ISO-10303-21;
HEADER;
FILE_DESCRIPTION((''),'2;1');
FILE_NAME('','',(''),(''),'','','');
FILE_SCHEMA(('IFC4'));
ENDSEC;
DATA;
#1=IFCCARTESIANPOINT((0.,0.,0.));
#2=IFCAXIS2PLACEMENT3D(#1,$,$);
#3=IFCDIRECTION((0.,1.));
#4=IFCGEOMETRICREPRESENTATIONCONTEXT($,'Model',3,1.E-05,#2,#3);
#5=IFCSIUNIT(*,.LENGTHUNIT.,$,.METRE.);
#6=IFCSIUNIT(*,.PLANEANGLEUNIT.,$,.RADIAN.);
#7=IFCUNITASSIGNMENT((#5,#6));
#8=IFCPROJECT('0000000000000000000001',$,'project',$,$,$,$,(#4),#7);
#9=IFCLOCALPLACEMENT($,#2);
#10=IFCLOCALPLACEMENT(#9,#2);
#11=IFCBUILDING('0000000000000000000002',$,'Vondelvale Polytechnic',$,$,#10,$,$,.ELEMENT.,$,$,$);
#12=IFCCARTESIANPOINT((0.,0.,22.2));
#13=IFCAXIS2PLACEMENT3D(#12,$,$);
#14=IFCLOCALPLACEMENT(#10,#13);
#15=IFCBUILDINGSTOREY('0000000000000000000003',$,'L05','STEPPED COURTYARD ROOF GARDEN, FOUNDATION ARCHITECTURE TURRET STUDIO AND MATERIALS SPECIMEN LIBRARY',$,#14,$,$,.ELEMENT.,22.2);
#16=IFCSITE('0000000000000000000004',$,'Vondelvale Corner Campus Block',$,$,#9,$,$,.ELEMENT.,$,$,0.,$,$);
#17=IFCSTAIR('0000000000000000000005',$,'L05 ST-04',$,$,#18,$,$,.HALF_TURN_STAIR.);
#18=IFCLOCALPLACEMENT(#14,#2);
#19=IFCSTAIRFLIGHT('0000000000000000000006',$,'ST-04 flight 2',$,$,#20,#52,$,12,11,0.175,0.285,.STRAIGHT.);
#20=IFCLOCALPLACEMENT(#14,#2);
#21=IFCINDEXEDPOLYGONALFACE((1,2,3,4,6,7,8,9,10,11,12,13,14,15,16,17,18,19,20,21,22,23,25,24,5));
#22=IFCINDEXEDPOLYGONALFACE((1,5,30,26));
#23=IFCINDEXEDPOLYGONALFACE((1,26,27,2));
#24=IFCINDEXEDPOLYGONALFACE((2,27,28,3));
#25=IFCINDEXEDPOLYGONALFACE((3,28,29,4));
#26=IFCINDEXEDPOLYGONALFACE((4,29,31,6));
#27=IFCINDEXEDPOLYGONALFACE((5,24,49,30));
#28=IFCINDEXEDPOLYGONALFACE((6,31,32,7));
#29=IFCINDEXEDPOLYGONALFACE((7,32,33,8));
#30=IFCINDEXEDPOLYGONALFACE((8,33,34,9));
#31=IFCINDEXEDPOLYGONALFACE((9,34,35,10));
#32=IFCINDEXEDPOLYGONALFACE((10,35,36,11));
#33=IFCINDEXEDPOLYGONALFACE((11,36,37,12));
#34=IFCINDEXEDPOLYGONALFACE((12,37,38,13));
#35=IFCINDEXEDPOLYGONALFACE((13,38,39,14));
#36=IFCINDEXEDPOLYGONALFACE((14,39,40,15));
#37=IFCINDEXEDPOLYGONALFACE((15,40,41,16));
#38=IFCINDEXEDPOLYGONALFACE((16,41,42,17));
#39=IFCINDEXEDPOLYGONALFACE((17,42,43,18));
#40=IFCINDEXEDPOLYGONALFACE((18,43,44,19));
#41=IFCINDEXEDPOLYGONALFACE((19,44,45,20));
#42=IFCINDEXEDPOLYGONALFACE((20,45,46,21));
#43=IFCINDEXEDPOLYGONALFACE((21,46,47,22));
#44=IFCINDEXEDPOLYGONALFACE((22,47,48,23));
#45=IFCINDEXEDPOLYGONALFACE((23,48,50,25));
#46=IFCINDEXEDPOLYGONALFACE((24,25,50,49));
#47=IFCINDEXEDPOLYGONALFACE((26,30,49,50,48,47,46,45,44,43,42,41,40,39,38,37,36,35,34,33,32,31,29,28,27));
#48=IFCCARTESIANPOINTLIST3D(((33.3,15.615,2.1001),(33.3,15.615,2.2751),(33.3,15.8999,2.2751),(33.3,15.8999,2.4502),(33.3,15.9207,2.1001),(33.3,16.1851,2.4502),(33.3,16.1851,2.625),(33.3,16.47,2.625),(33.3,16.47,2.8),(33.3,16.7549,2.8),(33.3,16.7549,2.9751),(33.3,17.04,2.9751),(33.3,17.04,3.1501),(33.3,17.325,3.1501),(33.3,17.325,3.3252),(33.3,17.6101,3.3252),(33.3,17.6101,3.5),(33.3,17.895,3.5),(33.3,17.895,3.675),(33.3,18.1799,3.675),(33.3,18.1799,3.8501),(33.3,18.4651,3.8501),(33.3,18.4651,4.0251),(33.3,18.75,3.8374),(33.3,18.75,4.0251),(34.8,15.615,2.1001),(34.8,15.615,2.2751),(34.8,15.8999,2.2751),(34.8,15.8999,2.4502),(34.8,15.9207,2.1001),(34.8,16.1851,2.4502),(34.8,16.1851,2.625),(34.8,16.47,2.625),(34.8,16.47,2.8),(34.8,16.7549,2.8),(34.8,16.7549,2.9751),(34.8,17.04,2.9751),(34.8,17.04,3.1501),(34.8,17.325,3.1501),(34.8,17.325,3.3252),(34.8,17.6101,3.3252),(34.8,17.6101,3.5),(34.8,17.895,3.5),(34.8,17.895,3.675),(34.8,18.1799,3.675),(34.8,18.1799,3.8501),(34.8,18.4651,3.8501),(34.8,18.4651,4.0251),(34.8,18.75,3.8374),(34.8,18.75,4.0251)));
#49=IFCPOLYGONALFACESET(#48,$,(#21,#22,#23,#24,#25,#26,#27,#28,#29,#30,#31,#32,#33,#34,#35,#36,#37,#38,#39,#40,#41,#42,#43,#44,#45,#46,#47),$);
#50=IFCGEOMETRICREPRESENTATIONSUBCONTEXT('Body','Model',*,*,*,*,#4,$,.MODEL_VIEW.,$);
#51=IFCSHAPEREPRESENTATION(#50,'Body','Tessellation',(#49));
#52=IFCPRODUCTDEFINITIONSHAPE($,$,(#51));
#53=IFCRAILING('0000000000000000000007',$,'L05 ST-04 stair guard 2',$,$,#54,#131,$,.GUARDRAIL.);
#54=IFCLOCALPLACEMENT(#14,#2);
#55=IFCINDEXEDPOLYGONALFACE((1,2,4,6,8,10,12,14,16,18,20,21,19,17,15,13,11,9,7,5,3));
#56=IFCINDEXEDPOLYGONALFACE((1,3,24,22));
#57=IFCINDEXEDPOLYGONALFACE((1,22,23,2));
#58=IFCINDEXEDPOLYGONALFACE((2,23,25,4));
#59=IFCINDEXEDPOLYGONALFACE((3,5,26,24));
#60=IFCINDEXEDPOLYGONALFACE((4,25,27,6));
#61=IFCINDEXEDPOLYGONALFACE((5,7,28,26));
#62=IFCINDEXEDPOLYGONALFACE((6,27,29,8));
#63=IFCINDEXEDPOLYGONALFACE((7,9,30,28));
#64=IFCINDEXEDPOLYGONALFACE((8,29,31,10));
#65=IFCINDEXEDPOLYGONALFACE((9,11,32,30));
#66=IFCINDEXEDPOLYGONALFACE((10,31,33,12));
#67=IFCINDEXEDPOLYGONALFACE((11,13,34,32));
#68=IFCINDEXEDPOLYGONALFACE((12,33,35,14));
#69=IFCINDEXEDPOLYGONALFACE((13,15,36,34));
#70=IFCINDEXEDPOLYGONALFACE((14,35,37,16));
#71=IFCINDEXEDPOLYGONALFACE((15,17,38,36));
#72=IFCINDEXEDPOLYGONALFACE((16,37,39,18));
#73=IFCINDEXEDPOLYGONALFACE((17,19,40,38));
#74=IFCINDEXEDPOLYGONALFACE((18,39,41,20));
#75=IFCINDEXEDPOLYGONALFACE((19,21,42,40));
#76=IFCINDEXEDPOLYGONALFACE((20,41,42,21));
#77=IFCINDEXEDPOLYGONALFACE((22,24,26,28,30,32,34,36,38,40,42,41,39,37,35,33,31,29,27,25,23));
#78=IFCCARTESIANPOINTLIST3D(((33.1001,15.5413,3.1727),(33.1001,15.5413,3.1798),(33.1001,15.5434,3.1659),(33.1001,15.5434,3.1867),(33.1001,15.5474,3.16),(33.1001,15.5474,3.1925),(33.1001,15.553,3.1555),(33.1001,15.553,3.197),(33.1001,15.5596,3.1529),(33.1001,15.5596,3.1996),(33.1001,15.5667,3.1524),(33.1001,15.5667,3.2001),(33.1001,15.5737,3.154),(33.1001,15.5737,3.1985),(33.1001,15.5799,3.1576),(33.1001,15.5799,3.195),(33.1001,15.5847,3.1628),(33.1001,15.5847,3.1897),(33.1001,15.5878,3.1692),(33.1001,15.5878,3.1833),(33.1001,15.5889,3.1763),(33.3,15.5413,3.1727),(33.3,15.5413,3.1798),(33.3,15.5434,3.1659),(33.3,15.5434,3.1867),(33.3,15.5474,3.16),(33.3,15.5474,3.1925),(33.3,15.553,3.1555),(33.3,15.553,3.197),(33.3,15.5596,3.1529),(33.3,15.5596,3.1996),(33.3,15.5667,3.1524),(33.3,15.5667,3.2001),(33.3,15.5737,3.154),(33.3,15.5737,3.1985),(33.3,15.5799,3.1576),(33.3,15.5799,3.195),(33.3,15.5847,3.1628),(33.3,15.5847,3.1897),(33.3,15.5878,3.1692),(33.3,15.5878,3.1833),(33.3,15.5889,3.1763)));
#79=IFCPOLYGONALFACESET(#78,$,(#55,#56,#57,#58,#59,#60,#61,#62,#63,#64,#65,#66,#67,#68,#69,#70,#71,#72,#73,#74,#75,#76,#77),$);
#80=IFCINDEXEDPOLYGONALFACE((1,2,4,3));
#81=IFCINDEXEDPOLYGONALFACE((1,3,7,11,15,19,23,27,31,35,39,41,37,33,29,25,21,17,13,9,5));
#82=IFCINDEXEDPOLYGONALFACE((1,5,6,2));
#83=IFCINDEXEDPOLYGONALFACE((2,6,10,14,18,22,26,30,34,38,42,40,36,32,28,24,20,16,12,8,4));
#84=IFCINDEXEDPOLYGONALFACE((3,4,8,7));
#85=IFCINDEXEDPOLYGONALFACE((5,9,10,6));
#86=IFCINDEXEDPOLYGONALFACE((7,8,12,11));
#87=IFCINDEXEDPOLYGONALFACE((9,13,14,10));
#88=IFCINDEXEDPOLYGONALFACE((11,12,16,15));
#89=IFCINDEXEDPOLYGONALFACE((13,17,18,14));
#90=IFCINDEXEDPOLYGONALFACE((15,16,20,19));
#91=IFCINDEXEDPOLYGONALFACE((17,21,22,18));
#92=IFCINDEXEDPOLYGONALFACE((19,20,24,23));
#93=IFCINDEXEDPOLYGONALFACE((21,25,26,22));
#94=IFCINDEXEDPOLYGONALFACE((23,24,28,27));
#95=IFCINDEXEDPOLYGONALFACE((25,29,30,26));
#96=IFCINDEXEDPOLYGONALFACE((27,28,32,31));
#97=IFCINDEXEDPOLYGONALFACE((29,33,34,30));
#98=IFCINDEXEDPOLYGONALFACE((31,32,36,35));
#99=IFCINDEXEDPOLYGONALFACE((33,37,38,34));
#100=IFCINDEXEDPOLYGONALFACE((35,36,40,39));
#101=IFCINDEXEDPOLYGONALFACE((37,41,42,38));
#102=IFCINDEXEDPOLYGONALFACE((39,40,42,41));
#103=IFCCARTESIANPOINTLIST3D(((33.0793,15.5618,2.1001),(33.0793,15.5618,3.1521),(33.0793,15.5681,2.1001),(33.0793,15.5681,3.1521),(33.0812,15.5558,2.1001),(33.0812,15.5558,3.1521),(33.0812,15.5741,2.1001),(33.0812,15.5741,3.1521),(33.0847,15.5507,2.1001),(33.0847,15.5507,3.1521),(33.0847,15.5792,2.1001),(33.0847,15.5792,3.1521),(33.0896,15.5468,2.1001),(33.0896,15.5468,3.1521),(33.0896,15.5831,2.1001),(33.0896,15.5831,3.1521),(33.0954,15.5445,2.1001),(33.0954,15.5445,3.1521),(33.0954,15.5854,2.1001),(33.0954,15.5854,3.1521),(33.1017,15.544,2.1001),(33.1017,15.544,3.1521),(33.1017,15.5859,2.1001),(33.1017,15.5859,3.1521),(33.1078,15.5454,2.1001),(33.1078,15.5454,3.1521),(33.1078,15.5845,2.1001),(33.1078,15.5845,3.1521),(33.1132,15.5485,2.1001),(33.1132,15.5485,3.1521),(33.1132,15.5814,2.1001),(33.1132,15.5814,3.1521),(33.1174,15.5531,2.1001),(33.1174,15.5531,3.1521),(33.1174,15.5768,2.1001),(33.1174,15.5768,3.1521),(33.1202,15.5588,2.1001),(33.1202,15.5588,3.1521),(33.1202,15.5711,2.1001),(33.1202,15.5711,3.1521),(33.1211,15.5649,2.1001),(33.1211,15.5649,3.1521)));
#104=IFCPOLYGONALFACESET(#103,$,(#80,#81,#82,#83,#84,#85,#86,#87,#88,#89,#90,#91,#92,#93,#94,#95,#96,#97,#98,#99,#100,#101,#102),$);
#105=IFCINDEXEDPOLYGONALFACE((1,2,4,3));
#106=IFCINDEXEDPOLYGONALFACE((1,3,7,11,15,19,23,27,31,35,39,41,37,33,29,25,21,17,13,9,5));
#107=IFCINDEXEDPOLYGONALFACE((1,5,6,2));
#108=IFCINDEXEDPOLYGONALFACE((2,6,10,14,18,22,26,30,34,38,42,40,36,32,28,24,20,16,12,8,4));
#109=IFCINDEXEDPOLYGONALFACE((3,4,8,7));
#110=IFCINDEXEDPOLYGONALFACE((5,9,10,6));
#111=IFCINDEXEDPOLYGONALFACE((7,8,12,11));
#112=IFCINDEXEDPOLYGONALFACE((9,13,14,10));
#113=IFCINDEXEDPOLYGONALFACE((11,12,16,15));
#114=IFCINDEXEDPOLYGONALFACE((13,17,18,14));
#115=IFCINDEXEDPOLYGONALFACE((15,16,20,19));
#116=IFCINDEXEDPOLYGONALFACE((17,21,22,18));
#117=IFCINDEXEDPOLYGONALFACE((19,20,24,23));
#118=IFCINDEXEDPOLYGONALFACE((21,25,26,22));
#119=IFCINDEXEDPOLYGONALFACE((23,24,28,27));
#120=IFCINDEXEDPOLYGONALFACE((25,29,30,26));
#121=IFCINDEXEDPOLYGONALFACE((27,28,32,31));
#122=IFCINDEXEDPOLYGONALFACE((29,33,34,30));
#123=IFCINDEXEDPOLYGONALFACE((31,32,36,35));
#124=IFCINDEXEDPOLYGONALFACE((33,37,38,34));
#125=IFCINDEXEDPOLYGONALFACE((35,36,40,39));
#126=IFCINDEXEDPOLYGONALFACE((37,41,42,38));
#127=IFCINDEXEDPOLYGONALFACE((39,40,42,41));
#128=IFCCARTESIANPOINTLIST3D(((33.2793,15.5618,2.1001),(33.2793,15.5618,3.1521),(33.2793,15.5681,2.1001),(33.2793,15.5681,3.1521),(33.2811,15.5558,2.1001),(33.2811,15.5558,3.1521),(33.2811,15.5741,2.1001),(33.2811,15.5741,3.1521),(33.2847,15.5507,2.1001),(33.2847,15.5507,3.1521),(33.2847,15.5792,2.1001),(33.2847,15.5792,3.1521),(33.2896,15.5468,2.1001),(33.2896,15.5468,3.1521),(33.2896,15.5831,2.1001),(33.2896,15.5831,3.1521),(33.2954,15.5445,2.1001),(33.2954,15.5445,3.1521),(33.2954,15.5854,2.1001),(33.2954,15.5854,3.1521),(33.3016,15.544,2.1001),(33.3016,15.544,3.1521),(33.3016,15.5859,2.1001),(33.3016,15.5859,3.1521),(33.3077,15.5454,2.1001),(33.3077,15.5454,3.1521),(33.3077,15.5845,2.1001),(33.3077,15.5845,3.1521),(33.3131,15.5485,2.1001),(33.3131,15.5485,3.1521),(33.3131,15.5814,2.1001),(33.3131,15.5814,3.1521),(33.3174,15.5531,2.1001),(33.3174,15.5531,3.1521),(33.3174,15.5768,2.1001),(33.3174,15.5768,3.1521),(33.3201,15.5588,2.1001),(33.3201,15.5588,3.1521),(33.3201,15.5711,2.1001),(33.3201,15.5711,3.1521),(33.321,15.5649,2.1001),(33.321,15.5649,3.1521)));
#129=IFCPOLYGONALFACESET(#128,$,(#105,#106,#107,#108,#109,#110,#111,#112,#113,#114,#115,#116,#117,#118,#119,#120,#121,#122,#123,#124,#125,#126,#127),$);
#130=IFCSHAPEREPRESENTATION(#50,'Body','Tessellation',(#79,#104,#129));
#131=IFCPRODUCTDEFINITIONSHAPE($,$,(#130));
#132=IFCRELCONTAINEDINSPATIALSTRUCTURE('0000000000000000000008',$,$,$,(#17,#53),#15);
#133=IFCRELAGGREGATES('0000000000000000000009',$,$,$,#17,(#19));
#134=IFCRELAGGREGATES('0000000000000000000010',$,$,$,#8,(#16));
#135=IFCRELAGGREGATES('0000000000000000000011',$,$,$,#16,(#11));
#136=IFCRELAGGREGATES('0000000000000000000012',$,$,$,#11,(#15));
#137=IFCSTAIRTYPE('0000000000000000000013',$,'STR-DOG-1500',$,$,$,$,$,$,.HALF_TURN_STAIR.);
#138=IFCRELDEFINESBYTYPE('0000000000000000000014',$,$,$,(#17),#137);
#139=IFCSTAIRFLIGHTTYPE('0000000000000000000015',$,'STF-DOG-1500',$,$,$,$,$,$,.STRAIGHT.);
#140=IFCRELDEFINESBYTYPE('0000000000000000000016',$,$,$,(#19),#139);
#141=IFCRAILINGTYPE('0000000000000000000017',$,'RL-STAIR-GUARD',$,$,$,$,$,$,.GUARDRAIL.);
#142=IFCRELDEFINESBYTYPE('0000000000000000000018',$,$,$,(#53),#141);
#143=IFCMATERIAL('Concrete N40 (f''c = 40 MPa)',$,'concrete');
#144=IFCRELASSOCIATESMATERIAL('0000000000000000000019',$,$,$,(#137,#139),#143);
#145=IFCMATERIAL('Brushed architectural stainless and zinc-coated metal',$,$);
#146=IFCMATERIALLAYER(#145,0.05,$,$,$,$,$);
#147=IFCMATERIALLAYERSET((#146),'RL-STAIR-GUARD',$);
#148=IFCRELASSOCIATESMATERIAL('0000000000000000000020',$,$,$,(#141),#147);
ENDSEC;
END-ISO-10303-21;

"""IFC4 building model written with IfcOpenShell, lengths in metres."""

from ifc_helpers import new_model, si_unit, direction, frame, origin, origin_2d, place, context, subcontext, project, spatial, polyline, circle, outline, extrude, material, layer, layer_set, type_object, element, aggregate, save


model = new_model("IFC4")

# Units and contexts
model_context = context("Model", 3, precision=1e-05, world=origin(), true_north=direction((0.0, 1.0)))
body_context = subcontext(model_context, "Body", "Model", "MODEL_VIEW")
ifc_project = project(units=[si_unit("LENGTHUNIT", "METRE"), si_unit("PLANEANGLEUNIT", "RADIAN")], contexts=[model_context])

# Site, building, storey
site_placement = place(None, origin())
site = spatial("IfcSite", under=ifc_project, at=site_placement, Name="Vondelvale Corner Campus Block", CompositionType="ELEMENT", RefElevation=0.0)
building_placement = place(site_placement, origin())
building = spatial("IfcBuilding", under=site, at=building_placement, Name="Vondelvale Polytechnic", CompositionType="ELEMENT")
storey_placement = place(building_placement, frame((0.0, 0.0, 22.2)))
storey = spatial("IfcBuildingStorey", under=building, at=storey_placement, Name="L05", Description="STEPPED COURTYARD ROOF GARDEN, FOUNDATION ARCHITECTURE TURRET STUDIO AND MATERIALS SPECIMEN LIBRARY", CompositionType="ELEMENT", Elevation=22.2)

# Shared definitions
ifc_material_1 = material(Name="Concrete N40 (f'c = 40 MPa)", Category="concrete")

# Stair, stair flight
stair_type = type_object("IfcStairType", Name="STR-DOG-1500", PredefinedType="HALF_TURN_STAIR", material=ifc_material_1)
stair_placement = place(storey_placement, origin())
stair = element("IfcStair", 1, at=stair_placement, inside=storey, type_object=stair_type, Name="L05 ST-04", PredefinedType="HALF_TURN_STAIR")
stair_flight_type = type_object("IfcStairFlightType", Name="STF-DOG-1500", PredefinedType="STRAIGHT", material=ifc_material_1)
stair_flight_placement = place(storey_placement, frame((34.05, 15.615, 2.1001), z_axis=(0.0, 0.0, 1.0), x_axis=(0.0, 1.0, 0.0)))
stair_flight = element("IfcStairFlight", 2, at=stair_flight_placement, type_object=stair_flight_type, Name="ST-04 flight 2", NumberOfRisers=12, NumberOfTreads=11, PredefinedType="STRAIGHT", RiserHeight=0.175, TreadLength=0.285, context=body_context, shape_type="SweptSolid", body=[
    extrude(outline(polyline([(0.0, 0.0), (0.0, 0.175), (0.2849, 0.175), (0.2849, 0.3501), (0.5701, 0.3501), (0.5701, 0.5249), (0.855, 0.5249), (0.855, 0.7), (1.1399, 0.7), (1.1399, 0.875), (1.425, 0.875), (1.425, 1.05), (1.71, 1.05), (1.71, 1.2251), (1.9951, 1.2251), (1.9951, 1.3999), (2.28, 1.3999), (2.28, 1.575), (2.5649, 1.575), (2.5649, 1.75), (2.8501, 1.75), (2.8501, 1.925), (3.135, 1.925), (3.135, 2.1001), (3.135, 1.7373), (0.3057, 0.0), (0.0, 0.0)])), frame((0.0, 0.75, 0.0), z_axis=(0.0, -1.0, 0.0), x_axis=(1.0, 0.0, 0.0)), (0.0, 0.0, 1.0), 1.5),
])
aggregate(stair, [stair_flight])

# Railing
ifc_material_2 = material(Name="Brushed architectural stainless and zinc-coated metal")
ifc_layer_1 = layer(ifc_material_2, 0.05)
ifc_layer_set_1 = layer_set([ifc_layer_1], Name="RL-STAIR-GUARD")
railing_type_1 = type_object("IfcRailingType", Name="RL-STAIR-GUARD", PredefinedType="GUARDRAIL", material=ifc_layer_set_1)
railing_1_placement = place(storey_placement, frame((33.1001, 15.5649, 2.1001)))
element("IfcRailing", 3, at=railing_1_placement, inside=storey, type_object=railing_type_1, Name="L05 ST-04 stair guard 2", PredefinedType="GUARDRAIL", context=body_context, shape_type="SweptSolid", body=[
    extrude(circle(Radius=0.0239, at=origin_2d()), frame((0.0, 0.0, 1.0762), z_axis=(1.0, 0.0, 0.0), x_axis=(0.0, 1.0, 0.0)), (0.0, 0.0, 1.0), 0.2),
    extrude(circle(Radius=0.021, at=origin_2d()), origin(), (0.0, 0.0, 1.0), 1.052),
    extrude(circle(Radius=0.021, at=origin_2d()), frame((0.2, 0.0, 0.0)), (0.0, 0.0, 1.0), 1.052),
])

save(model, "model.ifc")
